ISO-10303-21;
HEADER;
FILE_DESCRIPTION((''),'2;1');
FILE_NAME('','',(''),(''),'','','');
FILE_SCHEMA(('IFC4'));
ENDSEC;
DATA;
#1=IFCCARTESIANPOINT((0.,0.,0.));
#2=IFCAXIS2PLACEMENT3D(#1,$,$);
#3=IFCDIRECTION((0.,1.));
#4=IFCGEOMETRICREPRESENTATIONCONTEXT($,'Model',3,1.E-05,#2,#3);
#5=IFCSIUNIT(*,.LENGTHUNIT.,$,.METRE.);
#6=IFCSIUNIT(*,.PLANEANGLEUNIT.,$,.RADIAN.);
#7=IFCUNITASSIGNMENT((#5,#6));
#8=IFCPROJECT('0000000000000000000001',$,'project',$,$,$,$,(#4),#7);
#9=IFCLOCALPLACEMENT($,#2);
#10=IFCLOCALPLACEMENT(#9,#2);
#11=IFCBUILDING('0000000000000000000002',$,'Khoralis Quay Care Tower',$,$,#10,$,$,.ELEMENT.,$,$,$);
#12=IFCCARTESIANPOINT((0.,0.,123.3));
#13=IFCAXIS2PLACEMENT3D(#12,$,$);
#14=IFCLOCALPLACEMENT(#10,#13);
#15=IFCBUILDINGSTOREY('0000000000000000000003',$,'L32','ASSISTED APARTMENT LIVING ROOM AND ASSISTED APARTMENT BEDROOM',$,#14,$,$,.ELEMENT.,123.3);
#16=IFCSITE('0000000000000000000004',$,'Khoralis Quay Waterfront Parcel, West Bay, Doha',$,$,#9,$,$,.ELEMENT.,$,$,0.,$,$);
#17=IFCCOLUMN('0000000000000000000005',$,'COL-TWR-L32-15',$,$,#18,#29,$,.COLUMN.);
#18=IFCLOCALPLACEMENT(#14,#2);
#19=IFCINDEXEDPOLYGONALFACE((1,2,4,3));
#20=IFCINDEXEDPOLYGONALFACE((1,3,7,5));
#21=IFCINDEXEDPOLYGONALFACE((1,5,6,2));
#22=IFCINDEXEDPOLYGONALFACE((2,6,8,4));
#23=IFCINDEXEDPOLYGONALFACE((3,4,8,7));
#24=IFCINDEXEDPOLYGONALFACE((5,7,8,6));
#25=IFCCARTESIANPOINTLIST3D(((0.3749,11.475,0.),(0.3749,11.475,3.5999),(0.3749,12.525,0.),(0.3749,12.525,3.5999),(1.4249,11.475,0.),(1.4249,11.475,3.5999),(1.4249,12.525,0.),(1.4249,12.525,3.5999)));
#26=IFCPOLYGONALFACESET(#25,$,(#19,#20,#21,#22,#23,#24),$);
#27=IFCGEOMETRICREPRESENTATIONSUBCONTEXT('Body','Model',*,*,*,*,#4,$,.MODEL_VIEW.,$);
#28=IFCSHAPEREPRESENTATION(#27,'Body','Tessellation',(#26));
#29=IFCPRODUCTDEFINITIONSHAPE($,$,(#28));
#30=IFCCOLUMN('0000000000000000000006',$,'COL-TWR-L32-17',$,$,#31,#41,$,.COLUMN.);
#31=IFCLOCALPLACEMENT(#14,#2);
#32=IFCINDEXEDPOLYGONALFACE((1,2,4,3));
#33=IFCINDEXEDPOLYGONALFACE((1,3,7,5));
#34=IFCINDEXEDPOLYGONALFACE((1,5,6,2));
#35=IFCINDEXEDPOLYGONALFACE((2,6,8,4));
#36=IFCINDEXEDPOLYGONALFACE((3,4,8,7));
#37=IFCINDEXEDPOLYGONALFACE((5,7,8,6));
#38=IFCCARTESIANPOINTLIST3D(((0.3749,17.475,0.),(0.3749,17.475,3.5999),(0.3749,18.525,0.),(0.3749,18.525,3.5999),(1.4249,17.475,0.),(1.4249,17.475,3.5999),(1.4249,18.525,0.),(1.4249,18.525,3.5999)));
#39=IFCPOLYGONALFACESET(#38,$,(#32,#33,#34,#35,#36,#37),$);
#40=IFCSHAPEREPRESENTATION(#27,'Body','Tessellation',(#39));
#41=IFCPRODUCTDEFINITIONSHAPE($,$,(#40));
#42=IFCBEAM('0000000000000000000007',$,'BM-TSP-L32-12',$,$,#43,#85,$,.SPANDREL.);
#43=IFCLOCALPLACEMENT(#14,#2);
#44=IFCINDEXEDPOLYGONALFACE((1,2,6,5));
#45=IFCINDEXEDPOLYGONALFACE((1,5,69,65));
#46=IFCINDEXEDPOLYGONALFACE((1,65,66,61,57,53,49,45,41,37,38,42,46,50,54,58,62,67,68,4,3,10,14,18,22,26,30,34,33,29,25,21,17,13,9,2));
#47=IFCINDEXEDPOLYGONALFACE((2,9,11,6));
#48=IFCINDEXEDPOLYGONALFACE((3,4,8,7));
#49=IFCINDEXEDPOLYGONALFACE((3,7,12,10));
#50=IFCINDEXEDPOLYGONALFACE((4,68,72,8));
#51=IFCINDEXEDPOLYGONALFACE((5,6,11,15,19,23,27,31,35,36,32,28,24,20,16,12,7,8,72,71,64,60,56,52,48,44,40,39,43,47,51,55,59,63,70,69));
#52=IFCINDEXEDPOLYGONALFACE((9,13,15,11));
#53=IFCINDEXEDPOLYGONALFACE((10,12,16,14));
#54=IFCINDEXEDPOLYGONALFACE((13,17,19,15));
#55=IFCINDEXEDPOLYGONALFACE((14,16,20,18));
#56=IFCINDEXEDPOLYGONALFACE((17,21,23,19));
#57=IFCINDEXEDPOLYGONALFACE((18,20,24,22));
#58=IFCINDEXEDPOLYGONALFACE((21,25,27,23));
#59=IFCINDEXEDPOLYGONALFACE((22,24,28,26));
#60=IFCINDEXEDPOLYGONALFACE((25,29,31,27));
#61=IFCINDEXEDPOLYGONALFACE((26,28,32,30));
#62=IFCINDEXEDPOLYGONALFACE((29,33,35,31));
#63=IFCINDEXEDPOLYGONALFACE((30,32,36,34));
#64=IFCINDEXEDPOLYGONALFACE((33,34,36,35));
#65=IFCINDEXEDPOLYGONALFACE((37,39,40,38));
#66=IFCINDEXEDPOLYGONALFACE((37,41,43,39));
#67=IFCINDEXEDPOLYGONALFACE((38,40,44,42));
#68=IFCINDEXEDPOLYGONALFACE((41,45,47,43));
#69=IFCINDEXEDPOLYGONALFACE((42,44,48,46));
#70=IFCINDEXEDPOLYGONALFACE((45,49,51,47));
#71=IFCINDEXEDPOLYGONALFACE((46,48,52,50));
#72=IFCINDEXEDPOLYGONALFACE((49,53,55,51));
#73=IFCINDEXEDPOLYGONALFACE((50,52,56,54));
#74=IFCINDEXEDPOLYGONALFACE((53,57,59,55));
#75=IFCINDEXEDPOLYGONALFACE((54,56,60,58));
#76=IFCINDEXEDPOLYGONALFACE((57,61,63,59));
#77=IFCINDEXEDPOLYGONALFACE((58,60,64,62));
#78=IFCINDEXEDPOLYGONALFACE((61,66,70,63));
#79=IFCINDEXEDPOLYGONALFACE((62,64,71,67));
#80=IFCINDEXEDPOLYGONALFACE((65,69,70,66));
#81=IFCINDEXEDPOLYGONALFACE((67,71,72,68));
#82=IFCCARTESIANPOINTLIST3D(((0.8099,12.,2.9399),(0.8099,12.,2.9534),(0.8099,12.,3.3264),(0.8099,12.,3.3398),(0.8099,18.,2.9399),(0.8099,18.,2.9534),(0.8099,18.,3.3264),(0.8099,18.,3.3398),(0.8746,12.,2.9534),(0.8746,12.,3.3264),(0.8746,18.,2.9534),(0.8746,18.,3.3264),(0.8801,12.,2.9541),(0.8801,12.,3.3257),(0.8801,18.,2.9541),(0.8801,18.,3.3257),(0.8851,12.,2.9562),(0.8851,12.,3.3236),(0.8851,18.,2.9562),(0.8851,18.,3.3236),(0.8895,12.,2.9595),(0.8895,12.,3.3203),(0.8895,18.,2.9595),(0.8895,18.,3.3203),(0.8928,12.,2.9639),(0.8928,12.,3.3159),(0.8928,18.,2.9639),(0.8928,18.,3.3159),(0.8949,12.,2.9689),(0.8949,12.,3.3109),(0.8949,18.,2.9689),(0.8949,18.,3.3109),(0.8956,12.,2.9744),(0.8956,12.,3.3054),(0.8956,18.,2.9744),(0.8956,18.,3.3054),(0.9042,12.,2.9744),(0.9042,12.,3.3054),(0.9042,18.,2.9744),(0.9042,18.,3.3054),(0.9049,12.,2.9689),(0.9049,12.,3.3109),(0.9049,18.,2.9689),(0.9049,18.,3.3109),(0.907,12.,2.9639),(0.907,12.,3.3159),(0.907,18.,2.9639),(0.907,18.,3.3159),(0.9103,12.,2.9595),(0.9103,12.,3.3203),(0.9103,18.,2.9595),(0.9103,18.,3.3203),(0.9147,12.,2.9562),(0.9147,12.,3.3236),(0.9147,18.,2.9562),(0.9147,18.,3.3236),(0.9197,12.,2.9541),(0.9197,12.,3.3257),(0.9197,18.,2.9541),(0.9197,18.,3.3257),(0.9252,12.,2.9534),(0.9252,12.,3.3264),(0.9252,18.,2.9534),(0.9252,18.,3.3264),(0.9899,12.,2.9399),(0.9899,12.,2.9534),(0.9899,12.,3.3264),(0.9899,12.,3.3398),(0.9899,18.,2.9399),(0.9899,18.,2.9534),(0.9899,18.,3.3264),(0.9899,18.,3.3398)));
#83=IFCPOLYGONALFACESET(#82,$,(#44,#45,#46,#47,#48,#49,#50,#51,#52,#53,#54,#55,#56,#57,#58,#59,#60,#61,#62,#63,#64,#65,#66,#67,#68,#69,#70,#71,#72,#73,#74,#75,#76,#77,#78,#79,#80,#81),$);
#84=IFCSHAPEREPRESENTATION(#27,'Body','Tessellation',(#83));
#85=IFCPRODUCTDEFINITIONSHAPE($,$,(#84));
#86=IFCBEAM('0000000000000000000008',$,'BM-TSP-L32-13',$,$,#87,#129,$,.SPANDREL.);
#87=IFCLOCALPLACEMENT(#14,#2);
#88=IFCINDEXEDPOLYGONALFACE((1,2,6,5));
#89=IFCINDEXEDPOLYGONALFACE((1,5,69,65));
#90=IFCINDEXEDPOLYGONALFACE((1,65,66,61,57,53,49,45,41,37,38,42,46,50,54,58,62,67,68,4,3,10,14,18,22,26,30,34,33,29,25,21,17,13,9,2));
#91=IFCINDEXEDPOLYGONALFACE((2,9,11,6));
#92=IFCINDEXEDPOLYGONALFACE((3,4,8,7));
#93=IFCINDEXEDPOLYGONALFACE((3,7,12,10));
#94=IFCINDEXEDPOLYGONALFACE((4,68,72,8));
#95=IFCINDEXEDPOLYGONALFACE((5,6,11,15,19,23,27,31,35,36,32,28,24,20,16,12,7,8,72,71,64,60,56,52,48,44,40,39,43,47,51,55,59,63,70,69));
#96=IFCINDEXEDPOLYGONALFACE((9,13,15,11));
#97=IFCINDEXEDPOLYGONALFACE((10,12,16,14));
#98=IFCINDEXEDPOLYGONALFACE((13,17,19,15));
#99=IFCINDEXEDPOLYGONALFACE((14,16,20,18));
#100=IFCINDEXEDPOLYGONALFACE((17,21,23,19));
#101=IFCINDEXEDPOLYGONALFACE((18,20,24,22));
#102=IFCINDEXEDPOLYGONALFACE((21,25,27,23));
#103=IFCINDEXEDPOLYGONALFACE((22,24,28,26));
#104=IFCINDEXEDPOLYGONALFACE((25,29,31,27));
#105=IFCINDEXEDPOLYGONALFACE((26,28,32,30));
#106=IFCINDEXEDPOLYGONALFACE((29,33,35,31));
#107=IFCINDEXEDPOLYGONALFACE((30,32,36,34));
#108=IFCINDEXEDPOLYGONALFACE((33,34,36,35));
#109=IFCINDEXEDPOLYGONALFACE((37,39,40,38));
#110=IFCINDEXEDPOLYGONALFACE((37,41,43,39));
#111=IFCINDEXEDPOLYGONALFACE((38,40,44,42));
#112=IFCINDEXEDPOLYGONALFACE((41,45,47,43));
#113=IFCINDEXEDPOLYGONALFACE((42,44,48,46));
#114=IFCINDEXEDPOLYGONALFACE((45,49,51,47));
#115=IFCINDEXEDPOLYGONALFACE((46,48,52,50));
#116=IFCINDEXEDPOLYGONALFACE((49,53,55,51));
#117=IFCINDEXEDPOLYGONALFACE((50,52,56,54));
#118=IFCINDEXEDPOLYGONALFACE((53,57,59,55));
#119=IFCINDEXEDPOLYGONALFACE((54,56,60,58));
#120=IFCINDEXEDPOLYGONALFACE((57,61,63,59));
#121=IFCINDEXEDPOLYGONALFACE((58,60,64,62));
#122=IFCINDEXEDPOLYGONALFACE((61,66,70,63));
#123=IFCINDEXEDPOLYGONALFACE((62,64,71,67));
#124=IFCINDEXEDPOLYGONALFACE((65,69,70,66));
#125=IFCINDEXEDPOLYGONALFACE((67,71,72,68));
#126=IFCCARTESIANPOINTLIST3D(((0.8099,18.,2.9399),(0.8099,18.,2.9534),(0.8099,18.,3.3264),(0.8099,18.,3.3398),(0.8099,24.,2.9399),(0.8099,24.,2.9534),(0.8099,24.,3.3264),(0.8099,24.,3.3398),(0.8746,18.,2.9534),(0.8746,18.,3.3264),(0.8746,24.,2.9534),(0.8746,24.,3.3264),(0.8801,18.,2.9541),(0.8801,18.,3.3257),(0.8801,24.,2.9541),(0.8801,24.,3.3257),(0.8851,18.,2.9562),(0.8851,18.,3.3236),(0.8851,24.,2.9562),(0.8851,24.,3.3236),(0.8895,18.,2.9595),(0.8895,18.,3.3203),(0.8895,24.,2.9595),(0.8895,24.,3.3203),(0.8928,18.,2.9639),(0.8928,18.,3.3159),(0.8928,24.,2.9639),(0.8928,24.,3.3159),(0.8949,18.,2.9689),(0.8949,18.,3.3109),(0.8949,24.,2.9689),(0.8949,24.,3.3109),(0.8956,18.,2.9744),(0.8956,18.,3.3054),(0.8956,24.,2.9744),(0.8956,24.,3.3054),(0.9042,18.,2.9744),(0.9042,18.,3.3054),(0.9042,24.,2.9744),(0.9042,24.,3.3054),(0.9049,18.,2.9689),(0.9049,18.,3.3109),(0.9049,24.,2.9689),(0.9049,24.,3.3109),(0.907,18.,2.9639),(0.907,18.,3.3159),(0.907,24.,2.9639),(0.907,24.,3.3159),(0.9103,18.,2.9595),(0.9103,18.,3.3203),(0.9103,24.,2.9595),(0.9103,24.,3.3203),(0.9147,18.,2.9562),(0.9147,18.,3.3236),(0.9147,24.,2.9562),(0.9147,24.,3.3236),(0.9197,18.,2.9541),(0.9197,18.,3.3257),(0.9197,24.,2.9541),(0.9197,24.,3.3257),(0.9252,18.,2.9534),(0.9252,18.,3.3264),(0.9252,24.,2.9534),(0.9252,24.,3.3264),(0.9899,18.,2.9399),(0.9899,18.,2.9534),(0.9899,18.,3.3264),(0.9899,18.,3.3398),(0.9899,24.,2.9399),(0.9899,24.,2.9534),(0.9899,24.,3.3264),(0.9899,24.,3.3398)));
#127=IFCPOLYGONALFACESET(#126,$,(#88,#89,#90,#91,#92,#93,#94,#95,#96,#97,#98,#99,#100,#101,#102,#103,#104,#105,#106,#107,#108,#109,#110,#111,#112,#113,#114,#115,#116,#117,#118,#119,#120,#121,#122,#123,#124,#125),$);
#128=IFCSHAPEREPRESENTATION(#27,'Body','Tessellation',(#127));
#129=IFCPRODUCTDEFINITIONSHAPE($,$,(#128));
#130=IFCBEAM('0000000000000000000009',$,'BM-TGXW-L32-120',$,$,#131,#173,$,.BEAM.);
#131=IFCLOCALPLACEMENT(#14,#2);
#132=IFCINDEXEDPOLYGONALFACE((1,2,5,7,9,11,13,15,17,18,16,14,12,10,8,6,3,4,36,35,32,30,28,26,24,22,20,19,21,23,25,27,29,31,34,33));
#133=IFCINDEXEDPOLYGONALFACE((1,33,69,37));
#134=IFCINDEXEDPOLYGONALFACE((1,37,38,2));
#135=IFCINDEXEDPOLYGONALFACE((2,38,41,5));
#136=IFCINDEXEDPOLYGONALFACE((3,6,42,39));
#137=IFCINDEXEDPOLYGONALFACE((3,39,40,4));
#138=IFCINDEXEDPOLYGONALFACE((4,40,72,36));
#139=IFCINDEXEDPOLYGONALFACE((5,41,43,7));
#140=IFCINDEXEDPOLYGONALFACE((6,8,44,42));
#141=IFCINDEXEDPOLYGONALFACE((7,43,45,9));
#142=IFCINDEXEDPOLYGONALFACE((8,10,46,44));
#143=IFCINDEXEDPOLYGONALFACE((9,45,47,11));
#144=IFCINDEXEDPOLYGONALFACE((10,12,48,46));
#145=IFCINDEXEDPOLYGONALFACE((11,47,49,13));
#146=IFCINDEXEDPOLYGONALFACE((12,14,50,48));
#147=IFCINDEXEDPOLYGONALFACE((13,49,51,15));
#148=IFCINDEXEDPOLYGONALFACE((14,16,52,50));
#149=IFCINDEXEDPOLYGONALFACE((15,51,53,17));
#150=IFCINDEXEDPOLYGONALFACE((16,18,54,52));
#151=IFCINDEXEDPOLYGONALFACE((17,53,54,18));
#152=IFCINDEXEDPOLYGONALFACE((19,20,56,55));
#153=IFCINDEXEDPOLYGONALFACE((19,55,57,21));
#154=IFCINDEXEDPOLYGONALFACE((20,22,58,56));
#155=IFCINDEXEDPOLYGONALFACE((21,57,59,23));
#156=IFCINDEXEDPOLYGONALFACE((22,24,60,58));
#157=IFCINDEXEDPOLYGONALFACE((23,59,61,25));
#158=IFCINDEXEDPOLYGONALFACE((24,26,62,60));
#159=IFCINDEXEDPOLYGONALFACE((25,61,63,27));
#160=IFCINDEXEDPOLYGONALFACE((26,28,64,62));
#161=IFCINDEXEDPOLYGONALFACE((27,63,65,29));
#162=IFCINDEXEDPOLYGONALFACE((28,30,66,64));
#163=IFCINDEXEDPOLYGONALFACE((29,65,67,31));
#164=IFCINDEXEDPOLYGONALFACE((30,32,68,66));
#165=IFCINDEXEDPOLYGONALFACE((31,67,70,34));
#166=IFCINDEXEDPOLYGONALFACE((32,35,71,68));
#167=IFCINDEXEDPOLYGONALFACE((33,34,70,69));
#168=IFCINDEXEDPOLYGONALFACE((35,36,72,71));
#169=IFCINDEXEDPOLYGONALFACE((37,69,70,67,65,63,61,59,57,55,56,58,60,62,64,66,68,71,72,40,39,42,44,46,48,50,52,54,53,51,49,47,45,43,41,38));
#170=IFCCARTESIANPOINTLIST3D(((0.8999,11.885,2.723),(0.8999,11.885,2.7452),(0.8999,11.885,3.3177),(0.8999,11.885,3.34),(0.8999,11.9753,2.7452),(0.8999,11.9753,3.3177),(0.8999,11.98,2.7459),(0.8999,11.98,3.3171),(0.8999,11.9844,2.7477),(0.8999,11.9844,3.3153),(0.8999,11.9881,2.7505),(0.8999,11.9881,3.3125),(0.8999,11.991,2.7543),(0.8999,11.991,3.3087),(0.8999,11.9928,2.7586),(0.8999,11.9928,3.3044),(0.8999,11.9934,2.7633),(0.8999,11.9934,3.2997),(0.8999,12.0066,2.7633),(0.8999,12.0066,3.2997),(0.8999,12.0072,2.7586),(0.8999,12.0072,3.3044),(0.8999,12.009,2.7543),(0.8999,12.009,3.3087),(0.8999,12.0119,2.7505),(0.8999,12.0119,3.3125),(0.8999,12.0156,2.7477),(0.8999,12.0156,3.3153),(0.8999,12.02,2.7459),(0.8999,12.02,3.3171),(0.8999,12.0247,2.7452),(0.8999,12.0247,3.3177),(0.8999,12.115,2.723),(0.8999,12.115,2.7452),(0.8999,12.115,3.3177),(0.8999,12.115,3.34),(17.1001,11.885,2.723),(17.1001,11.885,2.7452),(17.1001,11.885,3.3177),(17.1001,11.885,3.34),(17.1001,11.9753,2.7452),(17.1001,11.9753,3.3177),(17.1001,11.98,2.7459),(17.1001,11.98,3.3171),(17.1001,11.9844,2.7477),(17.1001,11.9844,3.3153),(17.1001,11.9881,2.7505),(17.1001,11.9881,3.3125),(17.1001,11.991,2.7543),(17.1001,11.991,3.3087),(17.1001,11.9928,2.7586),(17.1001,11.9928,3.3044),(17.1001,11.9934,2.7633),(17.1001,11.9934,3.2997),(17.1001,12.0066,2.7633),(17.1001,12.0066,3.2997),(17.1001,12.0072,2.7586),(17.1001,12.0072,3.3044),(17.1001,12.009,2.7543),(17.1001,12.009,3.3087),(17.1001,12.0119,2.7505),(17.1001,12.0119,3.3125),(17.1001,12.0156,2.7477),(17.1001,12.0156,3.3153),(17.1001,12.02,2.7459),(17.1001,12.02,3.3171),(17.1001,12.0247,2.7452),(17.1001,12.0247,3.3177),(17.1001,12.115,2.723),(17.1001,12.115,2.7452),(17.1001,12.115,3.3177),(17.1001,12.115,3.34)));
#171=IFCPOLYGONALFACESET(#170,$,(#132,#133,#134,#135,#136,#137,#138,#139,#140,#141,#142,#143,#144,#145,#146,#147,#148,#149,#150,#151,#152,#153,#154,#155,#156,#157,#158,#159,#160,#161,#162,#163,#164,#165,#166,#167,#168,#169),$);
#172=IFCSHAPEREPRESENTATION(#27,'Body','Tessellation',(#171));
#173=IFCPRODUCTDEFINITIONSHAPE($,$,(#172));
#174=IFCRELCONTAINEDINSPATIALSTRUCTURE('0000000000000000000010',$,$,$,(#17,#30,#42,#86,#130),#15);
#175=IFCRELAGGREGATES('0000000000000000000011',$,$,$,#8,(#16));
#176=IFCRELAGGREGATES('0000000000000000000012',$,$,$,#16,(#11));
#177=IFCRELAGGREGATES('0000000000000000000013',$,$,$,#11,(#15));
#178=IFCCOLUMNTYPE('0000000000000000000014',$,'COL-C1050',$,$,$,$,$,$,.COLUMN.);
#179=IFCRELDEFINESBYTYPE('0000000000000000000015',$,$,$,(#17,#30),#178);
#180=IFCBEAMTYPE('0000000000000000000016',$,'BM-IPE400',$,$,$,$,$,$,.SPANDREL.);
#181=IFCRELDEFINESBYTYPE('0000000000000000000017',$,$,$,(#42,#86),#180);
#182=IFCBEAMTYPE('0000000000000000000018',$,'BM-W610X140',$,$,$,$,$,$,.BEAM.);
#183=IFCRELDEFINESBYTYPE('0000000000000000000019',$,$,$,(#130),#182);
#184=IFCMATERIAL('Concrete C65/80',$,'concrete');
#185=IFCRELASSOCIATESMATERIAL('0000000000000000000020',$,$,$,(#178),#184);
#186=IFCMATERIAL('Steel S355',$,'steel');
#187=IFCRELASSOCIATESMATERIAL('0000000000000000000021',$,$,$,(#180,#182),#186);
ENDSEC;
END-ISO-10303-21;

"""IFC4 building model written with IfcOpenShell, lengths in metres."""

from ifc_helpers import new_model, si_unit, direction, frame, origin, origin_2d, place, context, subcontext, project, spatial, rectangle, i_section, extrude, source, transform, mapped, material, material_profile, profile_set, type_object, element, save


model = new_model("IFC4")

# Units and contexts
model_context = context("Model", 3, precision=1e-05, world=origin(), true_north=direction((0.0, 1.0)))
body_context = subcontext(model_context, "Body", "Model", "MODEL_VIEW")
ifc_project = project(units=[si_unit("LENGTHUNIT", "METRE"), si_unit("PLANEANGLEUNIT", "RADIAN")], contexts=[model_context])

# Site, building, storey
site_placement = place(None, origin())
site = spatial("IfcSite", under=ifc_project, at=site_placement, Name="Khoralis Quay Waterfront Parcel, West Bay, Doha", CompositionType="ELEMENT", RefElevation=0.0)
building_placement = place(site_placement, origin())
building = spatial("IfcBuilding", under=site, at=building_placement, Name="Khoralis Quay Care Tower", CompositionType="ELEMENT")
storey_placement = place(building_placement, frame((0.0, 0.0, 123.3)))
storey = spatial("IfcBuildingStorey", under=building, at=storey_placement, Name="L32", Description="ASSISTED APARTMENT LIVING ROOM AND ASSISTED APARTMENT BEDROOM", CompositionType="ELEMENT", Elevation=123.3)

# Columns
ifc_material_1 = material(Name="Concrete C65/80", Category="concrete")
ifc_material_profile_1 = material_profile(ifc_material_1, rectangle(XDim=1.05, YDim=1.05, at=origin_2d()), Name="Concrete C65/80")
ifc_profile_set_1 = profile_set([ifc_material_profile_1], Name="Concrete C65/80")
column_type = type_object("IfcColumnType", Name="COL-C1050", PredefinedType="COLUMN", material=ifc_profile_set_1)
shared_shape_1 = source(origin(), body_context, "Body", "SweptSolid", [
    extrude(rectangle(XDim=1.05, YDim=1.05, at=origin_2d()), origin(), (0.0, 0.0, 1.0), 3.5999),
])
for number, where, z_axis, x_axis, name in (
    (1, (0.8999, 12.0, 0.0), (0.0, 0.0, 1.0), (1.0, 0.0, 0.0), "COL-TWR-L32-15"),
    (2, (0.8999, 18.0, 0.0), (0.0, 0.0, 1.0), (1.0, 0.0, 0.0), "COL-TWR-L32-17"),
):
    element("IfcColumn", number, at=place(storey_placement, frame(where, z_axis=z_axis, x_axis=x_axis)), inside=storey, type_object=column_type, Name=name, PredefinedType="COLUMN", context=body_context, shape_type="MappedRepresentation", body=[
        mapped(shared_shape_1, transform((0.0, 0.0, 0.0), scale=1.0)),
    ])

# Beams
ifc_material_2 = material(Name="Steel S355", Category="steel")
ifc_material_profile_2 = material_profile(ifc_material_2, i_section(OverallWidth=0.1799, OverallDepth=0.3999, WebThickness=0.0085, FlangeThickness=0.0134, FilletRadius=0.021, at=origin_2d()), Name="Steel S355")
ifc_profile_set_2 = profile_set([ifc_material_profile_2], Name="Steel S355")
beam_type_1 = type_object("IfcBeamType", Name="BM-IPE400", PredefinedType="SPANDREL", material=ifc_profile_set_2)
shared_shape_2 = source(origin(), body_context, "Body", "SweptSolid", [
    extrude(i_section(OverallWidth=0.1799, OverallDepth=0.3999, WebThickness=0.0085, FlangeThickness=0.0134, FilletRadius=0.021, at=origin_2d()), origin(), (0.0, 0.0, 1.0), 6.0),
])
for number, where, z_axis, x_axis, name in (
    (3, (0.8999, 12.0, 3.1399), (0.0, 1.0, 0.0), (-1.0, 0.0, 0.0), "BM-TSP-L32-12"),
    (4, (0.8999, 18.0, 3.1399), (0.0, 1.0, 0.0), (-1.0, 0.0, 0.0), "BM-TSP-L32-13"),
):
    element("IfcBeam", number, at=place(storey_placement, frame(where, z_axis=z_axis, x_axis=x_axis)), inside=storey, type_object=beam_type_1, Name=name, PredefinedType="SPANDREL", context=body_context, shape_type="MappedRepresentation", body=[
        mapped(shared_shape_2, transform((0.0, 0.0, 0.0), scale=1.0)),
    ])
ifc_material_profile_3 = material_profile(ifc_material_2, i_section(OverallWidth=0.23, OverallDepth=0.6169, WebThickness=0.0132, FlangeThickness=0.0222, FilletRadius=0.0181, at=origin_2d()), Name="Steel S355")
ifc_profile_set_3 = profile_set([ifc_material_profile_3], Name="Steel S355")
beam_type_2 = type_object("IfcBeamType", Name="BM-W610X140", PredefinedType="BEAM", material=ifc_profile_set_3)
shared_shape_3 = source(origin(), body_context, "Body", "SweptSolid", [
    extrude(i_section(OverallWidth=0.23, OverallDepth=0.6169, WebThickness=0.0132, FlangeThickness=0.0222, FilletRadius=0.0181, at=origin_2d()), origin(), (0.0, 0.0, 1.0), 16.2002),
])
beam_1_placement = place(storey_placement, frame((0.8999, 12.0, 3.0315), z_axis=(1.0, 0.0, 0.0), x_axis=(0.0, 1.0, 0.0)))
element("IfcBeam", 5, at=beam_1_placement, inside=storey, type_object=beam_type_2, Name="BM-TGXW-L32-120", PredefinedType="BEAM", context=body_context, shape_type="MappedRepresentation", body=[
    mapped(shared_shape_3, transform((0.0, 0.0, 0.0), scale=1.0)),
])

save(model, "model.ifc")
